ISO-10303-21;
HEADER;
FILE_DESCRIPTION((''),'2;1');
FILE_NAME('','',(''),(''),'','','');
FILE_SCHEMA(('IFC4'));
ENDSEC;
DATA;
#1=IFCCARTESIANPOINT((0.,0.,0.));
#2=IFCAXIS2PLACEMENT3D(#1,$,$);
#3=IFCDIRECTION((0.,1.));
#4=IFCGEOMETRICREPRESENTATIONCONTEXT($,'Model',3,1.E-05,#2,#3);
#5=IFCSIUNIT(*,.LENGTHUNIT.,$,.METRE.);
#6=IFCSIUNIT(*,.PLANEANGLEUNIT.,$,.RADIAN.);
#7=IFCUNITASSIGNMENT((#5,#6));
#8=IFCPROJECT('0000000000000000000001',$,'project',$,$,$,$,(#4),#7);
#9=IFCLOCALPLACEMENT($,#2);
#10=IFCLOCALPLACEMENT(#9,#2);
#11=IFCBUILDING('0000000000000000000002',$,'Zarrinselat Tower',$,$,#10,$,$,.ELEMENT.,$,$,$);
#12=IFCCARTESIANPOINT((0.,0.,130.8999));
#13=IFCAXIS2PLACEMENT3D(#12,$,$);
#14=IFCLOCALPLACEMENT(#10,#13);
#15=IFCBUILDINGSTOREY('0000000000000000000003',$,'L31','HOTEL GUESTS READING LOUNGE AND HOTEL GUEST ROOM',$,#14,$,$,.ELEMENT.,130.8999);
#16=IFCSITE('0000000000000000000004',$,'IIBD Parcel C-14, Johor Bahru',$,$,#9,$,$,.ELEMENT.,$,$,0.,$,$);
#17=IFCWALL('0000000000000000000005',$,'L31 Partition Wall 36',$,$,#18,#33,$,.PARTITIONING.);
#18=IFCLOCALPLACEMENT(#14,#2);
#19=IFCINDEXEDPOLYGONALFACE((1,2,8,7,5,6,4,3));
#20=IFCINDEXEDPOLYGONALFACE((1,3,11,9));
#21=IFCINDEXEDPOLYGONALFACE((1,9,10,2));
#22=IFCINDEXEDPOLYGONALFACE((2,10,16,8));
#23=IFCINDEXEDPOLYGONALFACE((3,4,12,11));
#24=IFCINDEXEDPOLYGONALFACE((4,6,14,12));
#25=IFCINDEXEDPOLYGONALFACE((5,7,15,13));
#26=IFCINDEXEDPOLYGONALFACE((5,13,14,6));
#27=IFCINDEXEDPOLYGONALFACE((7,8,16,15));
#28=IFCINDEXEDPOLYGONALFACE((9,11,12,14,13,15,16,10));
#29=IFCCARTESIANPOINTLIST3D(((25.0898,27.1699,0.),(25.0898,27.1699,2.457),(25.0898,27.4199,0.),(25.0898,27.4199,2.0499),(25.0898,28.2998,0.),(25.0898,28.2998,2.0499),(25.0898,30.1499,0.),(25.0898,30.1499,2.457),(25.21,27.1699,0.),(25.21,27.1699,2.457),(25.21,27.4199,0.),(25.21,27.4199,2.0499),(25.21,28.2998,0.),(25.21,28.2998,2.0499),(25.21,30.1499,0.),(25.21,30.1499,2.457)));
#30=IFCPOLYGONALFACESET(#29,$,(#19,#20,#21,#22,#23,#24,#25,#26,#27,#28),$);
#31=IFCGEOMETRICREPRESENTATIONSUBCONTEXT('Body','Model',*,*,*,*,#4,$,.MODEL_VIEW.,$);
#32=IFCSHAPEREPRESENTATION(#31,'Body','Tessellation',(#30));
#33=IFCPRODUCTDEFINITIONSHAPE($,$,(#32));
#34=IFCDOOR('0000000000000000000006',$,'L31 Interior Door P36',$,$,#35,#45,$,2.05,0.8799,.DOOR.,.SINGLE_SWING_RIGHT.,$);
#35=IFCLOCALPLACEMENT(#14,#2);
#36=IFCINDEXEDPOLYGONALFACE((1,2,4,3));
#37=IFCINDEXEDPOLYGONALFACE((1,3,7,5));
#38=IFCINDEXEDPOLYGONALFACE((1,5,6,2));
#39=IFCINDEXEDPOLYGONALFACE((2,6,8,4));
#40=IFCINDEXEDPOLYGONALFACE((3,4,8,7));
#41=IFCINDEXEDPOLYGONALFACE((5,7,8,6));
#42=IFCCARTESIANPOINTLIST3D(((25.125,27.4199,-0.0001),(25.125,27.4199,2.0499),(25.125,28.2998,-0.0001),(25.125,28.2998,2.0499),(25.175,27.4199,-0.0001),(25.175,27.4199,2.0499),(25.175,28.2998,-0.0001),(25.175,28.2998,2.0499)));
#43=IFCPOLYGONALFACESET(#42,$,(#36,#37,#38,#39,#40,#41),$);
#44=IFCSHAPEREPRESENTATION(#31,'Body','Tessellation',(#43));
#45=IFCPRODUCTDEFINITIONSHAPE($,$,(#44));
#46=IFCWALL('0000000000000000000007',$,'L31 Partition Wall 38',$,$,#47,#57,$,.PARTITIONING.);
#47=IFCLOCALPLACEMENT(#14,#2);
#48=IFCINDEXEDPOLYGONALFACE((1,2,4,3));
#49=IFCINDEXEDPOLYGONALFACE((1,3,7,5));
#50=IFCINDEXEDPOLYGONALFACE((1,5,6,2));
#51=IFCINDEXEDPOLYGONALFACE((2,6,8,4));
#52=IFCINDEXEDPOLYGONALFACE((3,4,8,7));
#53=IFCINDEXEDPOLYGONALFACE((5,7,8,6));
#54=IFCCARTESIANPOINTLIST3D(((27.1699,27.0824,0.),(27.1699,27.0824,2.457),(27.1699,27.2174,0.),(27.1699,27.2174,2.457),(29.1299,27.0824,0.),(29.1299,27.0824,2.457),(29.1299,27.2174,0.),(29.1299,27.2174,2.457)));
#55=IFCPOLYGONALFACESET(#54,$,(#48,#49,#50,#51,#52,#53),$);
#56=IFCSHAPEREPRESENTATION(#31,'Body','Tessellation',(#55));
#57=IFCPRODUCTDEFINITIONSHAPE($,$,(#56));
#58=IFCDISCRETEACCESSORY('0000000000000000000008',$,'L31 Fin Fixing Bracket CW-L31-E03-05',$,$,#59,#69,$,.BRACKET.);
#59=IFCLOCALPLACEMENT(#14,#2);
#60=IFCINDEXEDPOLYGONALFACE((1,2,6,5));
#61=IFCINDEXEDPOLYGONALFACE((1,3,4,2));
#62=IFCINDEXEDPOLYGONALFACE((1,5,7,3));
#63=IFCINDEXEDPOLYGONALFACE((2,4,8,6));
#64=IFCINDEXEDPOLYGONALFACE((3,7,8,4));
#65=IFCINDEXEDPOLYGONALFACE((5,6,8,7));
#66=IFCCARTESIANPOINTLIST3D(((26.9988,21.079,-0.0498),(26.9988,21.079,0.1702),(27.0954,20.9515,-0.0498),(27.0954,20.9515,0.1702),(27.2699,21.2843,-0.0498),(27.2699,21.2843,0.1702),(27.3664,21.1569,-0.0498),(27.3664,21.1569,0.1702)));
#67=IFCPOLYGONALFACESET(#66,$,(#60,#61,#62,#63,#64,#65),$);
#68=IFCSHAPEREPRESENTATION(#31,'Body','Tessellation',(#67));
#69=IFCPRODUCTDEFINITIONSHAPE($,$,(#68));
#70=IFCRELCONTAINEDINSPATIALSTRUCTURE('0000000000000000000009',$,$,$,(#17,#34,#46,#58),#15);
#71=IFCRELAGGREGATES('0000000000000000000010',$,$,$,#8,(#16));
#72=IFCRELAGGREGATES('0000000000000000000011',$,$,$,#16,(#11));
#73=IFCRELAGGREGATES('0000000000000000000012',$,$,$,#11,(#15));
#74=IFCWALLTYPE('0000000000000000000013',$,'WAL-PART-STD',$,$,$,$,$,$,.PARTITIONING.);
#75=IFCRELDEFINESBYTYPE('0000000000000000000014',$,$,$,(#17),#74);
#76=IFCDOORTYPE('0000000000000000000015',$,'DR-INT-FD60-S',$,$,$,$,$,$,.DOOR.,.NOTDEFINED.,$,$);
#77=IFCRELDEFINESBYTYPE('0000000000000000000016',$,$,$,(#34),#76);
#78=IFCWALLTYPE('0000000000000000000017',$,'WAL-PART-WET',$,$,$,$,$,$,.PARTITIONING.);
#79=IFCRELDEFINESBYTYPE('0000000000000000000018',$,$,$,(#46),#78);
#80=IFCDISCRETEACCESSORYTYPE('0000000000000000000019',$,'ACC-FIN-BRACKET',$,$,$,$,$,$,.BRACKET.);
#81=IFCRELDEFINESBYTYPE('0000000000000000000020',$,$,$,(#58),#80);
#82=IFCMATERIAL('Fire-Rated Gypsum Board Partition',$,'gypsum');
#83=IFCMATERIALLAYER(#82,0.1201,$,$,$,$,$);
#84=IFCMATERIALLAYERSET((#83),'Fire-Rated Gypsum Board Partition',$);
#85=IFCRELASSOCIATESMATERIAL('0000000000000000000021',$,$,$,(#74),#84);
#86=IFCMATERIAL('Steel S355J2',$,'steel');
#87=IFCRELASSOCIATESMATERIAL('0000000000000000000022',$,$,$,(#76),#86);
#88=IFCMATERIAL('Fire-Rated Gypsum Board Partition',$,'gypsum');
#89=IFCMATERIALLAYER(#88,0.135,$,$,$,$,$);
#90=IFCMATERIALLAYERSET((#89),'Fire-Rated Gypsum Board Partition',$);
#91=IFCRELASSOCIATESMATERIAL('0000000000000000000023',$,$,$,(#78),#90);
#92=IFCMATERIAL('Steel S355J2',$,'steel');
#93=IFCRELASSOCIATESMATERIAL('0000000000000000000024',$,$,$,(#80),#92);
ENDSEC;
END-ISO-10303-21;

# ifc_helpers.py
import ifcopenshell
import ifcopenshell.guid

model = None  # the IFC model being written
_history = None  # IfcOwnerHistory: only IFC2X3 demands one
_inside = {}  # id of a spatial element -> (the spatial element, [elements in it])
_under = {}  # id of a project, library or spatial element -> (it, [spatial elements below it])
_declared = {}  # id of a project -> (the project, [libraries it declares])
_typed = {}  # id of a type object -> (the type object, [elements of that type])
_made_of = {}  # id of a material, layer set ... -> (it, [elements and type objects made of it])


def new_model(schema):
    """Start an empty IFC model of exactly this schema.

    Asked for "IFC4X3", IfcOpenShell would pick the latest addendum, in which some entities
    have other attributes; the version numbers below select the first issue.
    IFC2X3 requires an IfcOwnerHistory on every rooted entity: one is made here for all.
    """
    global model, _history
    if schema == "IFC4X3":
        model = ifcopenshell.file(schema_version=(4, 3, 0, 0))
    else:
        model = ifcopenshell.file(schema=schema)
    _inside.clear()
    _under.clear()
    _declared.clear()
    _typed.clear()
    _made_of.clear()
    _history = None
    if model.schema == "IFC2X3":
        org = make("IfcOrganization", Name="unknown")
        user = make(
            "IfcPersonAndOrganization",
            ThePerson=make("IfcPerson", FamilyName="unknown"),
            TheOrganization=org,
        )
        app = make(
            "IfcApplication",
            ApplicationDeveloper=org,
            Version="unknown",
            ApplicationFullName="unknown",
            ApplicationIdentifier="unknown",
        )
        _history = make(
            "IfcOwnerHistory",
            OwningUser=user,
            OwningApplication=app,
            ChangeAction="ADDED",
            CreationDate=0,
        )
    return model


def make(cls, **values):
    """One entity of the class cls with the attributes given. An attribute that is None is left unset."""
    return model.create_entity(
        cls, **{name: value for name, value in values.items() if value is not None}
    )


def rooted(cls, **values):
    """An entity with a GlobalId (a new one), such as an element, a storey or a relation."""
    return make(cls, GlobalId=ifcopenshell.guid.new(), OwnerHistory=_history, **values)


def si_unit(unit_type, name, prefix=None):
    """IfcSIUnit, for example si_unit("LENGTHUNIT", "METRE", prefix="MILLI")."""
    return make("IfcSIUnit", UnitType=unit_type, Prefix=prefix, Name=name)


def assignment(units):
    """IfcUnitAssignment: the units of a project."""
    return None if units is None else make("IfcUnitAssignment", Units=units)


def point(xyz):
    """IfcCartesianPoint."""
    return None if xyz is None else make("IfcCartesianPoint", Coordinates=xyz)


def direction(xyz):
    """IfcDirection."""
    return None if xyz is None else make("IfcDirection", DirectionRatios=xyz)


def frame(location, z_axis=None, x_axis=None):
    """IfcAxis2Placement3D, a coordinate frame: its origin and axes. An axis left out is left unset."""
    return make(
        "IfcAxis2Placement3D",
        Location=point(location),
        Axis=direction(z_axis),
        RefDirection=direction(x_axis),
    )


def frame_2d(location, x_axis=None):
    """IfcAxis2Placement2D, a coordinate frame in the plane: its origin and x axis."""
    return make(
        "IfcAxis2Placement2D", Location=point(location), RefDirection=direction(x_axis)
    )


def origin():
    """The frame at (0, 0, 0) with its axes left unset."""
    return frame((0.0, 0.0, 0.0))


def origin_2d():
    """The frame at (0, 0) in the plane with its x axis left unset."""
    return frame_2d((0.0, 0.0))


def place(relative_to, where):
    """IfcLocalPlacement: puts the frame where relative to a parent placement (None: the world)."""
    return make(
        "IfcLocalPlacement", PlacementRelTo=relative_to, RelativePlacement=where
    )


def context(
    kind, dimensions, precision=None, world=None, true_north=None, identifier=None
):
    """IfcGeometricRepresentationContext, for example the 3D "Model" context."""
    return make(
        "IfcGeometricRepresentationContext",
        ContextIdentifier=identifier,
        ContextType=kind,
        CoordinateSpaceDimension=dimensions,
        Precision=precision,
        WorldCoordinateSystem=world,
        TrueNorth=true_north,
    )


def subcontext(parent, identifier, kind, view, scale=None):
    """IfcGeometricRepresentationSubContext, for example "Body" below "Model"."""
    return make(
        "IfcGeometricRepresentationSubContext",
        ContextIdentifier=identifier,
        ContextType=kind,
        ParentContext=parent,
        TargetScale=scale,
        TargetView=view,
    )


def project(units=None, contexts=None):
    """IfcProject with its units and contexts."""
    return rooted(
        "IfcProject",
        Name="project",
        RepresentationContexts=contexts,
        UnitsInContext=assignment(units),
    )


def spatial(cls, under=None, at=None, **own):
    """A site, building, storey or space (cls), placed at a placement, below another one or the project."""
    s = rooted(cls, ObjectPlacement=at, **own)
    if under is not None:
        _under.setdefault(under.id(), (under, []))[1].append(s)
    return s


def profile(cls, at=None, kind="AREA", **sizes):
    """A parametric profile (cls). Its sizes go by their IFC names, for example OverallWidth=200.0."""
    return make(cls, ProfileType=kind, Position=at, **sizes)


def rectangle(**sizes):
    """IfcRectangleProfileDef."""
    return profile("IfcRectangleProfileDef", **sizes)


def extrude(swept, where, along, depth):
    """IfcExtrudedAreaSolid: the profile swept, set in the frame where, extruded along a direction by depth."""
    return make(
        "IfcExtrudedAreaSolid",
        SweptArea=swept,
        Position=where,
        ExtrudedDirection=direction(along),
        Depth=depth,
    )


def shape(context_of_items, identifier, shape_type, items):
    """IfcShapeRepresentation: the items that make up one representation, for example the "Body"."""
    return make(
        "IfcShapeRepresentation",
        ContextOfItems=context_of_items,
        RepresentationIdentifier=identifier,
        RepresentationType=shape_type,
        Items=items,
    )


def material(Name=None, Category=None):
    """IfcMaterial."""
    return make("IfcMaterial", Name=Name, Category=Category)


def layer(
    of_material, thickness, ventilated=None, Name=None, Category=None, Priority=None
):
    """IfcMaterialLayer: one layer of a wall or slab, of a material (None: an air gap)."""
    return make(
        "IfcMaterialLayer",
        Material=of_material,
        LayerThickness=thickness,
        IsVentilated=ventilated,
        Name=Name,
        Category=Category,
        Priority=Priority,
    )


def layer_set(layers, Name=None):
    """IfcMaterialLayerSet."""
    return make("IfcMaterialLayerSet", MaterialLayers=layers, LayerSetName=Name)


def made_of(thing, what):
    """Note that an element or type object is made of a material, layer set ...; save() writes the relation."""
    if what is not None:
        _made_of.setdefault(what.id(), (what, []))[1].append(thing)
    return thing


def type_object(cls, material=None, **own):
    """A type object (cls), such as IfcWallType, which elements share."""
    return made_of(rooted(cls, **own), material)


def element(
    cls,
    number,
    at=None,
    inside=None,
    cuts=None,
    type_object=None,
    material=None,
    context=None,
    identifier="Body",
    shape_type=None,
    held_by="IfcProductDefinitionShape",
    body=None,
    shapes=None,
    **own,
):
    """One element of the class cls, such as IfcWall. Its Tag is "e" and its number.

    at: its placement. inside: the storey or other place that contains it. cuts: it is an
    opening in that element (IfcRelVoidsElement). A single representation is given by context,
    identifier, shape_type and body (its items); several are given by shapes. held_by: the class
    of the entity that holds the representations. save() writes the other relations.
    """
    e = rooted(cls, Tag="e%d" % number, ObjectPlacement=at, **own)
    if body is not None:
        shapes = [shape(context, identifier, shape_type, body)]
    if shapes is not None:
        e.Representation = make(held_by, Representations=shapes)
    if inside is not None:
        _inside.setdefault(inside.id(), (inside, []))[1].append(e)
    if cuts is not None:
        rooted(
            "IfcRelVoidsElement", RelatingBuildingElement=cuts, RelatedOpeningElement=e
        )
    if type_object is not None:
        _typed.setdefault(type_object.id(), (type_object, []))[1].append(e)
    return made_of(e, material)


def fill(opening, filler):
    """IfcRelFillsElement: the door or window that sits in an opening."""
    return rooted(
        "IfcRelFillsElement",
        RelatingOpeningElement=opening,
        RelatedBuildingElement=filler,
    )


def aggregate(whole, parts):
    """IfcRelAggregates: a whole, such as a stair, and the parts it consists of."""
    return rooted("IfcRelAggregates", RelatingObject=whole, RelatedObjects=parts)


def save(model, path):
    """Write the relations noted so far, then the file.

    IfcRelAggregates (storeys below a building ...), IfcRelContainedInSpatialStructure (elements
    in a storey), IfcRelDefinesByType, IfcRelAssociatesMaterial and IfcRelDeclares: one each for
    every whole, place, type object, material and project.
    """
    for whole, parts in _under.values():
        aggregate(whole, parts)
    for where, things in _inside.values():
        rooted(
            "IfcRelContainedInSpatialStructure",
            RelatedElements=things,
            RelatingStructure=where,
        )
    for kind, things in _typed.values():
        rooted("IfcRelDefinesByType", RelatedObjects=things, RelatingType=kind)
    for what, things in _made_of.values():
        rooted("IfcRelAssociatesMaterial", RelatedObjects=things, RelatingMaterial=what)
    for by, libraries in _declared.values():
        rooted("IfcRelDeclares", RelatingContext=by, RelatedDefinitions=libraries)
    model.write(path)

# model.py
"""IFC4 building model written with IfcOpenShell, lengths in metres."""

from ifc_helpers import new_model, si_unit, direction, frame, frame_2d, origin, origin_2d, place, context, subcontext, project, spatial, rectangle, extrude, material, layer, layer_set, type_object, element, fill, save


model = new_model("IFC4")

# Units and contexts
model_context = context("Model", 3, precision=1e-05, world=origin(), true_north=direction((0.0, 1.0)))
body_context = subcontext(model_context, "Body", "Model", "MODEL_VIEW")
ifc_project = project(units=[si_unit("LENGTHUNIT", "METRE"), si_unit("PLANEANGLEUNIT", "RADIAN")], contexts=[model_context])

# Site, building, storey
site_placement = place(None, origin())
site = spatial("IfcSite", under=ifc_project, at=site_placement, Name="IIBD Parcel C-14, Johor Bahru", CompositionType="ELEMENT", RefElevation=0.0)
building_placement = place(site_placement, origin())
building = spatial("IfcBuilding", under=site, at=building_placement, Name="Zarrinselat Tower", CompositionType="ELEMENT")
storey_placement = place(building_placement, frame((0.0, 0.0, 130.8999)))
storey = spatial("IfcBuildingStorey", under=building, at=storey_placement, Name="L31", Description="HOTEL GUESTS READING LOUNGE AND HOTEL GUEST ROOM", CompositionType="ELEMENT", Elevation=130.8999)

# Shared definitions
ifc_material_1 = material(Name="Fire-Rated Gypsum Board Partition", Category="gypsum")
ifc_layer_1 = layer(ifc_material_1, 0.1201)
ifc_layer_set_1 = layer_set([ifc_layer_1], Name="Fire-Rated Gypsum Board Partition")
wall_type_1 = type_object("IfcWallType", Name="WAL-PART-STD", PredefinedType="PARTITIONING", material=ifc_layer_set_1)

# Wall, opening, door
wall_1_placement = place(storey_placement, frame((25.1499, 27.1699, 0.0), z_axis=(0.0, 0.0, 1.0), x_axis=(0.0, 1.0, 0.0)))
wall_1 = element("IfcWall", 1, at=wall_1_placement, inside=storey, type_object=wall_type_1, Name="L31 Partition Wall 36", PredefinedType="PARTITIONING", context=body_context, shape_type="SweptSolid", body=[
    extrude(rectangle(XDim=2.98, YDim=0.1201, at=frame_2d((1.49, 0.0))), origin(), (0.0, 0.0, 1.0), 2.457),
])
opening_placement = place(wall_1_placement, frame((0.25, 0.0, 0.0)))
opening = element("IfcOpeningElement", 2, at=opening_placement, cuts=wall_1, PredefinedType="OPENING", context=body_context, shape_type="SweptSolid", body=[
    extrude(rectangle(XDim=0.8799, YDim=2.05, at=frame_2d((0.4399, 1.0249))), frame((0.0, 0.0701, 0.0), z_axis=(0.0, -1.0, 0.0), x_axis=(1.0, 0.0, 0.0)), (0.0, 0.0, 1.0), 0.1401),
])
ifc_material_2 = material(Name="Steel S355J2", Category="steel")
door_type = type_object("IfcDoorType", Name="DR-INT-FD60-S", OperationType="NOTDEFINED", PredefinedType="DOOR", material=ifc_material_2)
door_placement = place(opening_placement, origin())
door = element("IfcDoor", 3, at=door_placement, inside=storey, type_object=door_type, Name="L31 Interior Door P36", OperationType="SINGLE_SWING_RIGHT", OverallHeight=2.05, OverallWidth=0.8799, PredefinedType="DOOR", context=body_context, shape_type="SweptSolid", body=[
    extrude(rectangle(XDim=0.8799, YDim=2.05, at=frame_2d((0.4399, 1.0249))), frame((0.0, 0.0249, 0.0), z_axis=(0.0, -1.0, 0.0), x_axis=(1.0, 0.0, 0.0)), (0.0, 0.0, 1.0), 0.05),
])
fill(opening, door)

# Wall
ifc_material_3 = material(Name="Fire-Rated Gypsum Board Partition", Category="gypsum")
ifc_layer_2 = layer(ifc_material_3, 0.135)
ifc_layer_set_2 = layer_set([ifc_layer_2], Name="Fire-Rated Gypsum Board Partition")
wall_type_2 = type_object("IfcWallType", Name="WAL-PART-WET", PredefinedType="PARTITIONING", material=ifc_layer_set_2)
wall_2_placement = place(storey_placement, frame((27.1699, 27.1499, 0.0), z_axis=(0.0, 0.0, 1.0), x_axis=(1.0, 0.0, 0.0)))
element("IfcWall", 4, at=wall_2_placement, inside=storey, type_object=wall_type_2, Name="L31 Partition Wall 38", PredefinedType="PARTITIONING", context=body_context, shape_type="SweptSolid", body=[
    extrude(rectangle(XDim=1.96, YDim=0.135, at=frame_2d((0.98, 0.0))), origin(), (0.0, 0.0, 1.0), 2.457),
])

# Discrete accessory
ifc_material_4 = material(Name="Steel S355J2", Category="steel")
discrete_accessory_type = type_object("IfcDiscreteAccessoryType", Name="ACC-FIN-BRACKET", PredefinedType="BRACKET", material=ifc_material_4)
discrete_accessory_placement = place(storey_placement, frame((27.1826, 21.1179, -0.0498), z_axis=(0.0, 0.0, 1.0), x_axis=(-0.797092, -0.603858, 0.0)))
element("IfcDiscreteAccessory", 5, at=discrete_accessory_placement, inside=storey, type_object=discrete_accessory_type, Name="L31 Fin Fixing Bracket CW-L31-E03-05", PredefinedType="BRACKET", context=body_context, shape_type="SweptSolid", body=[
    extrude(rectangle(XDim=0.3401, YDim=0.1599, at=origin_2d()), origin(), (0.0, 0.0, 1.0), 0.22),
])

save(model, "model.ifc")
